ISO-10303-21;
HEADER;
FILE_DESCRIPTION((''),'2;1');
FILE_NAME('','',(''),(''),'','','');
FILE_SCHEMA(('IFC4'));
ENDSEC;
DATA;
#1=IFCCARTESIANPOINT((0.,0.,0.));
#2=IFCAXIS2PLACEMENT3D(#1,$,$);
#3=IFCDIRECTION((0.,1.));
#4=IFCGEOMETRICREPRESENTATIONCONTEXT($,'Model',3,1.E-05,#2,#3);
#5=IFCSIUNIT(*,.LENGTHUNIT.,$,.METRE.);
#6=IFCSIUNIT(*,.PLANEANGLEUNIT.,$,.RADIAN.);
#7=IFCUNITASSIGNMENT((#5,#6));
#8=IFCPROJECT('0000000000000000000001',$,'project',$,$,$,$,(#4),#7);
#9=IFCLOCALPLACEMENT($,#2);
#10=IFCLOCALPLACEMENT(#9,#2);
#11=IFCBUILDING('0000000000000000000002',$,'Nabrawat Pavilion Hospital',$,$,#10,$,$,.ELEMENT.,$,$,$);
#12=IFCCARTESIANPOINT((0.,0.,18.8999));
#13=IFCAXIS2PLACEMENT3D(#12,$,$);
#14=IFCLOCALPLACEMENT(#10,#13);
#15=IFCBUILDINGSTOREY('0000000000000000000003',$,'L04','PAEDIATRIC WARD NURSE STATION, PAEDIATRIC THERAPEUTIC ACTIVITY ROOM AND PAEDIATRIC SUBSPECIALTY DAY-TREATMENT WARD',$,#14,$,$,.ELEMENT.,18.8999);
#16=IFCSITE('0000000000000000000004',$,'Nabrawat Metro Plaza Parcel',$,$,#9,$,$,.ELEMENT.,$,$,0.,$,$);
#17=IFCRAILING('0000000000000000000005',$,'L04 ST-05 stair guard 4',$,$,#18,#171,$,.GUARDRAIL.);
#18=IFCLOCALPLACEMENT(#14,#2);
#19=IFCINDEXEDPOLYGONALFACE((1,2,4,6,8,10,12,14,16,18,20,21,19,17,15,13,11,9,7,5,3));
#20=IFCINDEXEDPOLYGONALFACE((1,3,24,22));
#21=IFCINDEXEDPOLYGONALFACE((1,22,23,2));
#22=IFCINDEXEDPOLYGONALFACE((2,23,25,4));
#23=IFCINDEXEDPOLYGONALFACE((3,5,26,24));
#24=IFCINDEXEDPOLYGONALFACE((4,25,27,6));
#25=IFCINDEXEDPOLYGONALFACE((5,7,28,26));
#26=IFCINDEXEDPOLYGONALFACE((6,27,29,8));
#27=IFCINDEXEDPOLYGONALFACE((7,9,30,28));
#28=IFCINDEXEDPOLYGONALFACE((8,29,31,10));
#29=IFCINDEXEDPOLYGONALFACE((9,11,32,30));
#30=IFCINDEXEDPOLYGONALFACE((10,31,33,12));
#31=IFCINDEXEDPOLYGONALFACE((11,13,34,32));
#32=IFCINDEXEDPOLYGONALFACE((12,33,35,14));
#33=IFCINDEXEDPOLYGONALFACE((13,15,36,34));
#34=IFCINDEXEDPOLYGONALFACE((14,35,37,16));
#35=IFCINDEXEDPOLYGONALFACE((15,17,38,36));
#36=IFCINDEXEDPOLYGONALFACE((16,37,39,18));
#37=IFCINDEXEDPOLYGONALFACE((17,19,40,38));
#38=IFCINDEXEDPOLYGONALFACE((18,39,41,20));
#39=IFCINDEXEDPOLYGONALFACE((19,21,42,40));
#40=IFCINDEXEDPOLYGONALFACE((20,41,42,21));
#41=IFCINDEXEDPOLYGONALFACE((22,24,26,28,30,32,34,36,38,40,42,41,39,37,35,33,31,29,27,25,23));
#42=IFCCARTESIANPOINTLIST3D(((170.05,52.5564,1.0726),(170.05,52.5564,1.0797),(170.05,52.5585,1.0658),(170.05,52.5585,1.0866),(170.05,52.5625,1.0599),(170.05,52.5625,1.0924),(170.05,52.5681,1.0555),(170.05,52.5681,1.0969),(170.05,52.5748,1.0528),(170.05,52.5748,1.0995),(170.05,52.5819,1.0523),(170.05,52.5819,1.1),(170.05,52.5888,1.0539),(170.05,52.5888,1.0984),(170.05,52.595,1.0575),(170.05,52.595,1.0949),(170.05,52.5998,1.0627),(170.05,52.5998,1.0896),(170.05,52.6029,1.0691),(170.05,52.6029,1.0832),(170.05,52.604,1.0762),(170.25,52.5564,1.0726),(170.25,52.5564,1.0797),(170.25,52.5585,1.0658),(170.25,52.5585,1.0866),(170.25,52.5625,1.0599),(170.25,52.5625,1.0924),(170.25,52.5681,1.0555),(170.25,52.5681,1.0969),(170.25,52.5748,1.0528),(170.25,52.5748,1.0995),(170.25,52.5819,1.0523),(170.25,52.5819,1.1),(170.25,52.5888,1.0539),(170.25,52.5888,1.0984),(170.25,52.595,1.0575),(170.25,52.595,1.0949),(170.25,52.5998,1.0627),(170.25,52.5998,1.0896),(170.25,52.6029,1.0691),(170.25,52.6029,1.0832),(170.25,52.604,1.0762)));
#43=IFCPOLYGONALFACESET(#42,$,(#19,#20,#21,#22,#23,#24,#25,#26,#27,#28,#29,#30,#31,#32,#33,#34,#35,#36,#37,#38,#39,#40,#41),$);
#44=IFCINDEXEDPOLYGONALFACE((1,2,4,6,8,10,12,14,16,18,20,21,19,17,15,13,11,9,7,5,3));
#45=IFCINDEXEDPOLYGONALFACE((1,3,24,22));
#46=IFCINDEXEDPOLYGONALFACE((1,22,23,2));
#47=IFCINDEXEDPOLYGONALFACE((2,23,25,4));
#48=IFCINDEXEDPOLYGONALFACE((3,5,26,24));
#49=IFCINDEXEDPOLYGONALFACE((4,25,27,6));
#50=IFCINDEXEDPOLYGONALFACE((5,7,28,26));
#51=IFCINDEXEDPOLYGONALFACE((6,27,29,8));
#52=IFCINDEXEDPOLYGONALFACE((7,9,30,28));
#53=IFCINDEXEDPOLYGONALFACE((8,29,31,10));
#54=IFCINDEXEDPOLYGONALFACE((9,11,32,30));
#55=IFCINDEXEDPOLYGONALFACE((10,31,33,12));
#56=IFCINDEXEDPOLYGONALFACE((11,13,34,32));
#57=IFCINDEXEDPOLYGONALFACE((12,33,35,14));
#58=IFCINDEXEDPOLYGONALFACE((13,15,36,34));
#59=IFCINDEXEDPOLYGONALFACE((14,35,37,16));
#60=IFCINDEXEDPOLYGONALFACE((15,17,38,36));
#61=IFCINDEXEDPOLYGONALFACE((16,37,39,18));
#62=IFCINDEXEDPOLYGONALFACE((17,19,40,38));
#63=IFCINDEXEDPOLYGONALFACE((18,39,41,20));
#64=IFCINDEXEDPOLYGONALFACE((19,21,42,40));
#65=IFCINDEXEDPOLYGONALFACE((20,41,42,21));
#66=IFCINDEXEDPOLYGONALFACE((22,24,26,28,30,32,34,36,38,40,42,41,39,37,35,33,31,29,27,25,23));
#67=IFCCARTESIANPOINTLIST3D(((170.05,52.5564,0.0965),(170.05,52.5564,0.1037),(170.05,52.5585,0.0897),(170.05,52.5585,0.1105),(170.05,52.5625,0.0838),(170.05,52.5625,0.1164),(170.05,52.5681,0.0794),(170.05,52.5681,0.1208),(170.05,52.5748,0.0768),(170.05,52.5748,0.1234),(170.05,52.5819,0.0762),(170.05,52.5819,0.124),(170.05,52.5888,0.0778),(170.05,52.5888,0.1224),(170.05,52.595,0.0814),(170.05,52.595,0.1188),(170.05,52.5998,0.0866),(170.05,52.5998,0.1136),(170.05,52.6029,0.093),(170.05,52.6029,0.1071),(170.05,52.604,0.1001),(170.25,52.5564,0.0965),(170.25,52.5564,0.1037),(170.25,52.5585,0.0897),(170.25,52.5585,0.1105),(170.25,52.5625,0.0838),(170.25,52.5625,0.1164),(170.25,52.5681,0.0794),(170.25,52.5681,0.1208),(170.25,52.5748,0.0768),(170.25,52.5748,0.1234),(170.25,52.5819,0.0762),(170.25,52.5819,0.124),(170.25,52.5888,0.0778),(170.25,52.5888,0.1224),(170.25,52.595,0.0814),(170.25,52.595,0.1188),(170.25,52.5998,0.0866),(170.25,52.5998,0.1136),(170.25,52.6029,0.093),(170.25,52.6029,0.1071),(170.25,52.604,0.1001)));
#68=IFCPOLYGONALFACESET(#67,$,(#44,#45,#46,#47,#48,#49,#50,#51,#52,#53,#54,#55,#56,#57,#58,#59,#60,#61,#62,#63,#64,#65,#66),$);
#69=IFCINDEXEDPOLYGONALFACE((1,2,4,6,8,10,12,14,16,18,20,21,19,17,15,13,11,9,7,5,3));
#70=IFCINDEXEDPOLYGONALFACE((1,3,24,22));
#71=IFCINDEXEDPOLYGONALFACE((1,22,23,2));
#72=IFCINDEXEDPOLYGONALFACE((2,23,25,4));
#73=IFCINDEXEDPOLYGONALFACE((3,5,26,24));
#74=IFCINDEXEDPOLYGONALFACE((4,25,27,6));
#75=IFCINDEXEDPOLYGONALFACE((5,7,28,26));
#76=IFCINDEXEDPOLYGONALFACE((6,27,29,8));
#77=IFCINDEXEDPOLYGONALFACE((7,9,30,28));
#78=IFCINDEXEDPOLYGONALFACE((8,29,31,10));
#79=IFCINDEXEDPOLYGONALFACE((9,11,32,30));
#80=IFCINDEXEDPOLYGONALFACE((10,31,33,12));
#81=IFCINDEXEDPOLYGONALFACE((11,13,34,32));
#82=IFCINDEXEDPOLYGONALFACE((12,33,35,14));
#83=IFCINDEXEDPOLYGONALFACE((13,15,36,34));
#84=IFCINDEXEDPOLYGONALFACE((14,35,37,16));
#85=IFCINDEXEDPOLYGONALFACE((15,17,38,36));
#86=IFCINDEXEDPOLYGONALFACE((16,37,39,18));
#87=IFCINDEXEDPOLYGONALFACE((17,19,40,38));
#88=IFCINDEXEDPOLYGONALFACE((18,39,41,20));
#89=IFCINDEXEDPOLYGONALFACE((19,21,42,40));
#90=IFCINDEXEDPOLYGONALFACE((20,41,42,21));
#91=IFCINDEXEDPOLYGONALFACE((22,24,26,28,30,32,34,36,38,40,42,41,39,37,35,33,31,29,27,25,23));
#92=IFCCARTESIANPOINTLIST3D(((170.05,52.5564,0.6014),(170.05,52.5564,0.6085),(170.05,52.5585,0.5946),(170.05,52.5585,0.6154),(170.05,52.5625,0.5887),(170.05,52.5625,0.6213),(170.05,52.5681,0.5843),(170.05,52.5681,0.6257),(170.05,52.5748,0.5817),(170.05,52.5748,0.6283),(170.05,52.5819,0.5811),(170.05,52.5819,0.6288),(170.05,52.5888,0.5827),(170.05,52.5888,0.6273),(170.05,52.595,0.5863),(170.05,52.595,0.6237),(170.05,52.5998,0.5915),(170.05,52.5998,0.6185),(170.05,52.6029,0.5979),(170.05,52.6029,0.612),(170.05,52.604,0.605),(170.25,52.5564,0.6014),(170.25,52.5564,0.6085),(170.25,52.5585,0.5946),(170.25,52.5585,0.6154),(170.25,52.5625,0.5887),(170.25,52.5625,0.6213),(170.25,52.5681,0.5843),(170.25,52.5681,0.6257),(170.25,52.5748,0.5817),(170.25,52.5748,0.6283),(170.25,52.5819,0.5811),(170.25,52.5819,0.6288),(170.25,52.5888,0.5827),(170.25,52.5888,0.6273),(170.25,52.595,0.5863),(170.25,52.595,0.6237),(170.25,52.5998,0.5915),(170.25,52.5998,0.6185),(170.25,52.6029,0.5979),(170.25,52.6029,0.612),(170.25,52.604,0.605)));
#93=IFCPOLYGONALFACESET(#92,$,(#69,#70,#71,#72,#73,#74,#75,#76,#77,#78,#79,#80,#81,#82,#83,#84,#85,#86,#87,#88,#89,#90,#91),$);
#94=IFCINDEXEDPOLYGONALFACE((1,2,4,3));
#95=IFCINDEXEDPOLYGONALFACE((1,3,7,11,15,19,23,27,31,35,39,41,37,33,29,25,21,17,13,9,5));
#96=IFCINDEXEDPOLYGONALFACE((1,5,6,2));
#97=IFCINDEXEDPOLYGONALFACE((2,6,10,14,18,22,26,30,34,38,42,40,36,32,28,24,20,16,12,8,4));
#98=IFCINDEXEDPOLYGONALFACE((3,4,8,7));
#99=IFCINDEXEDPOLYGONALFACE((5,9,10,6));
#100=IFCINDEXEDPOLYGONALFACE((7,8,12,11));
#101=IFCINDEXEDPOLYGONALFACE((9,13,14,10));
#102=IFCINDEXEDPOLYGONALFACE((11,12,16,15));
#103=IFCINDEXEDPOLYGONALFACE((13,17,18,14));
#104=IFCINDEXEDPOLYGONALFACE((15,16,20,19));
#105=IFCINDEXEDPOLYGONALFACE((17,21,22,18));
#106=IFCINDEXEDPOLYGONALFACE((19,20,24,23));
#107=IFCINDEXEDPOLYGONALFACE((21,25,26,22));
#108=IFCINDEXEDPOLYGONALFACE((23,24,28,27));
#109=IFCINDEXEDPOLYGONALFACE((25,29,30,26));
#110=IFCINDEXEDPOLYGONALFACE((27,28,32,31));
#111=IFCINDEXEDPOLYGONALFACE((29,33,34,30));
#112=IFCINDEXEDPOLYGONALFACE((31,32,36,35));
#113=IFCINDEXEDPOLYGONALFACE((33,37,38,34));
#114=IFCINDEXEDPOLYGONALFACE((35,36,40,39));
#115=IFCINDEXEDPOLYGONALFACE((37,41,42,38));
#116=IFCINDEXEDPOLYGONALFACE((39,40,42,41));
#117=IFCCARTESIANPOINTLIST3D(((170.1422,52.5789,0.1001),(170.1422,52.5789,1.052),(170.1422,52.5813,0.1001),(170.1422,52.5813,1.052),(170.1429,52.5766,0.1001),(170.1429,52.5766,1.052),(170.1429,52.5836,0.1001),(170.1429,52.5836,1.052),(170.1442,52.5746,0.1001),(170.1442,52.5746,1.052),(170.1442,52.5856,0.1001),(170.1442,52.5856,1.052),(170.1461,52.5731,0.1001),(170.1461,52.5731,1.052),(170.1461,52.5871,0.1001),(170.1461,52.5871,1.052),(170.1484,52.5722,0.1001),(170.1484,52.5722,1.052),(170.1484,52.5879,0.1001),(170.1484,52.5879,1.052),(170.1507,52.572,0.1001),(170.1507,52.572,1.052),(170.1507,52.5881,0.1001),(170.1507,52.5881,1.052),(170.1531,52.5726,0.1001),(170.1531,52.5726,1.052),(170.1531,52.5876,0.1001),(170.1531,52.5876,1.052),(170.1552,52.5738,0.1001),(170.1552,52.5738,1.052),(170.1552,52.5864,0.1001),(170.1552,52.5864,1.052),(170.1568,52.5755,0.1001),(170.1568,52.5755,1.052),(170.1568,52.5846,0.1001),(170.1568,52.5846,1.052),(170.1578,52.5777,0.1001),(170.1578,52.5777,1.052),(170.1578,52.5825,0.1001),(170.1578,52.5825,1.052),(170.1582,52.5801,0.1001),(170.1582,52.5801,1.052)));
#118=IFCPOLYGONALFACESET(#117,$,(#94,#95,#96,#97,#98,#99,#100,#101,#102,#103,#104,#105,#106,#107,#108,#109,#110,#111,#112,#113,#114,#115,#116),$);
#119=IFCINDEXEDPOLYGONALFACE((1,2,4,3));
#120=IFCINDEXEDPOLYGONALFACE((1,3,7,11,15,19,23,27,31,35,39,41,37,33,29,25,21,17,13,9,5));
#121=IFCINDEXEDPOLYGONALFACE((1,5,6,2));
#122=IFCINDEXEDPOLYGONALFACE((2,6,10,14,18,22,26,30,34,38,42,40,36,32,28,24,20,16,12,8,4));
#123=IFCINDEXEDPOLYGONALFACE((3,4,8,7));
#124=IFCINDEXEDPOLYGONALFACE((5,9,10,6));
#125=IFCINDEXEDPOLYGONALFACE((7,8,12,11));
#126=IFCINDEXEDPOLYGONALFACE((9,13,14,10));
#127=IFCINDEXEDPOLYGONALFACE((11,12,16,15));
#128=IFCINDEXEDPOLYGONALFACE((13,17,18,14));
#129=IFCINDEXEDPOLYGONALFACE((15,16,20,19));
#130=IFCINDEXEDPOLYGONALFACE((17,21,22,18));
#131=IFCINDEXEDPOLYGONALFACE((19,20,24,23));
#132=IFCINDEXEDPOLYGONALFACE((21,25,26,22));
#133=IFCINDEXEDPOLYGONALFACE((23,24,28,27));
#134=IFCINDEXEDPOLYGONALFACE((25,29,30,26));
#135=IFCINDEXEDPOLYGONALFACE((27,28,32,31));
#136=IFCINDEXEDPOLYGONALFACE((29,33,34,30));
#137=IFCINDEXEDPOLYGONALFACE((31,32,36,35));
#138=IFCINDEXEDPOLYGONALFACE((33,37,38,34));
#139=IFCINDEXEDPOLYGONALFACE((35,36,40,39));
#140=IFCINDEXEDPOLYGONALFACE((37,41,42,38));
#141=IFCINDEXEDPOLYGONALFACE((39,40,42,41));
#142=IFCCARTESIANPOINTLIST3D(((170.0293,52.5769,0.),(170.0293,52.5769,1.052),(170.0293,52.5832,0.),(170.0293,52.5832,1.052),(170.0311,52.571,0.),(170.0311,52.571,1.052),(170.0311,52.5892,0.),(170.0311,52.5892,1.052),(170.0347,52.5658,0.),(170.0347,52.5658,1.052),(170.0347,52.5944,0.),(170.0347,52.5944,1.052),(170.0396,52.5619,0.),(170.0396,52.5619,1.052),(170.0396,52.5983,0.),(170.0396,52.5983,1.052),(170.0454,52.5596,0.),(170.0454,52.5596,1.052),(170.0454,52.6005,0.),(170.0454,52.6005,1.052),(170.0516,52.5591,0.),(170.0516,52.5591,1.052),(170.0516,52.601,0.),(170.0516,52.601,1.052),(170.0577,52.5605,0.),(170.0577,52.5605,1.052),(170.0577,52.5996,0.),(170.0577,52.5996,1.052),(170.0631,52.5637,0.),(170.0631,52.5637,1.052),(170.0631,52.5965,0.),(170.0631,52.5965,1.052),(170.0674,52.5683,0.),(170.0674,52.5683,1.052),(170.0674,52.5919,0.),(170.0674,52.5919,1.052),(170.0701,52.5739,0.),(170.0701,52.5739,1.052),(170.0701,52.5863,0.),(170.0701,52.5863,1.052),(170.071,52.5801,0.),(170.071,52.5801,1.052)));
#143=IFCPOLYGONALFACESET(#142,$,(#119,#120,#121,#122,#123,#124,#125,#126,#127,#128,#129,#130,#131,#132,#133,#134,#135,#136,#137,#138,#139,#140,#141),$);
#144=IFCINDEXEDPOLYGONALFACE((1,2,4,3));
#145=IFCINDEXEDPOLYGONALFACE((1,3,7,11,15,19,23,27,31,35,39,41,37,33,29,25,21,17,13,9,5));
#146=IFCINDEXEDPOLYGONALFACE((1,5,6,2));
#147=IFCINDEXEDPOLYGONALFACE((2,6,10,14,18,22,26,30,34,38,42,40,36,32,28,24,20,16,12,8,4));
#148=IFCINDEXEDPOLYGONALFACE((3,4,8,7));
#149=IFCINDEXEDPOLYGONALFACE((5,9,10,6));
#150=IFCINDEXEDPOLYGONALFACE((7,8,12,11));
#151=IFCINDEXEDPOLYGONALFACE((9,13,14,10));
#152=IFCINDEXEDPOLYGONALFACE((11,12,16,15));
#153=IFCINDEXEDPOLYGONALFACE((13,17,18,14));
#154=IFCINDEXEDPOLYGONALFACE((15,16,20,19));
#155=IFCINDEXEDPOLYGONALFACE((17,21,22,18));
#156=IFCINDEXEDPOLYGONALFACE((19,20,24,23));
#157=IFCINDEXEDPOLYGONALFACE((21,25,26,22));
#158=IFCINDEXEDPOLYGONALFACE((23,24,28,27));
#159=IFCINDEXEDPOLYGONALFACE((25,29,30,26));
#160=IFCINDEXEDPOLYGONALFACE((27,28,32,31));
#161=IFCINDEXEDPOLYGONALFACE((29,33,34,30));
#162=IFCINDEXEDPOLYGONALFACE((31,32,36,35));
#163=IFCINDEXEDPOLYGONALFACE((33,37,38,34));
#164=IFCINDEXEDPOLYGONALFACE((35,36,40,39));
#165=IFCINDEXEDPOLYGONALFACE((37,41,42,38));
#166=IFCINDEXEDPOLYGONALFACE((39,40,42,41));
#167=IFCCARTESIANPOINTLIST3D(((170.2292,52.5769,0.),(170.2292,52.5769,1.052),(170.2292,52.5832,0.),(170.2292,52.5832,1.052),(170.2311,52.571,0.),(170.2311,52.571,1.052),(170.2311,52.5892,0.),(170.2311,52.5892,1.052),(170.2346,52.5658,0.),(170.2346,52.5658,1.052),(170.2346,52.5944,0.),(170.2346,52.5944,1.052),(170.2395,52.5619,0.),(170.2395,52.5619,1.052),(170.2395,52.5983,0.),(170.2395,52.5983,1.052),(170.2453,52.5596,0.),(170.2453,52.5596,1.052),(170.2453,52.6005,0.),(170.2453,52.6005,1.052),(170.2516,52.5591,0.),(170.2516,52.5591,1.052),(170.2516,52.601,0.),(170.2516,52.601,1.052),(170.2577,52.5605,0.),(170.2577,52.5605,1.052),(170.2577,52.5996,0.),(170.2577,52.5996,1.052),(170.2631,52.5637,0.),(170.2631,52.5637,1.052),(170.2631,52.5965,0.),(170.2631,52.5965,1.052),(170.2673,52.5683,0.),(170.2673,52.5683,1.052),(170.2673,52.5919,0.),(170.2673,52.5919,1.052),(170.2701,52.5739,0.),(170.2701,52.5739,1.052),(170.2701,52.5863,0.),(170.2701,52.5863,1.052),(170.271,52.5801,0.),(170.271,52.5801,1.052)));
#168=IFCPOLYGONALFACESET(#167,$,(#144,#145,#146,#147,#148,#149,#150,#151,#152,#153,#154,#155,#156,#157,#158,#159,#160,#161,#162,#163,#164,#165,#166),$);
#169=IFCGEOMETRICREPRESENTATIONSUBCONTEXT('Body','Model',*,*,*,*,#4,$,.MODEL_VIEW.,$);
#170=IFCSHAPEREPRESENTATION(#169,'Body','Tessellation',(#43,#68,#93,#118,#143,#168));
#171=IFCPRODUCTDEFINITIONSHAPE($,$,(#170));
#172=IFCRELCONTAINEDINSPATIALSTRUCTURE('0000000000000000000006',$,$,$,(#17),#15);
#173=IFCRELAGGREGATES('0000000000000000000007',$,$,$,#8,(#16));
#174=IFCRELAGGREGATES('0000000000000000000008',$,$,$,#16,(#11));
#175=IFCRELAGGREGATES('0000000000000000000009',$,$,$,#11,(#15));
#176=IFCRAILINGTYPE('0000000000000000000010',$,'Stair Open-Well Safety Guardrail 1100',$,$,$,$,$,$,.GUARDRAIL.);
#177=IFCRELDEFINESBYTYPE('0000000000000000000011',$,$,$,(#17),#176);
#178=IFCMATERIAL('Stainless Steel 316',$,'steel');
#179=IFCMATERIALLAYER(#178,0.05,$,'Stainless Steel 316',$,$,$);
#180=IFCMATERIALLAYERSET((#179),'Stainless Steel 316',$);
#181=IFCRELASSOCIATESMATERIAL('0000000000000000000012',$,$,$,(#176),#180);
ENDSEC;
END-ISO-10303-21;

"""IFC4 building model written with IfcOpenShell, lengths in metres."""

from ifc_helpers import new_model, si_unit, direction, frame, origin, origin_2d, place, context, subcontext, project, spatial, circle, extrude, material, layer, layer_set, type_object, element, save


model = new_model("IFC4")

# Units and contexts
model_context = context("Model", 3, precision=1e-05, world=origin(), true_north=direction((0.0, 1.0)))
body_context = subcontext(model_context, "Body", "Model", "MODEL_VIEW")
ifc_project = project(units=[si_unit("LENGTHUNIT", "METRE"), si_unit("PLANEANGLEUNIT", "RADIAN")], contexts=[model_context])

# Site, building, storey
site_placement = place(None, origin())
site = spatial("IfcSite", under=ifc_project, at=site_placement, Name="Nabrawat Metro Plaza Parcel", CompositionType="ELEMENT", RefElevation=0.0)
building_placement = place(site_placement, origin())
building = spatial("IfcBuilding", under=site, at=building_placement, Name="Nabrawat Pavilion Hospital", CompositionType="ELEMENT")
storey_placement = place(building_placement, frame((0.0, 0.0, 18.8999)))
storey = spatial("IfcBuildingStorey", under=building, at=storey_placement, Name="L04", Description="PAEDIATRIC WARD NURSE STATION, PAEDIATRIC THERAPEUTIC ACTIVITY ROOM AND PAEDIATRIC SUBSPECIALTY DAY-TREATMENT WARD", CompositionType="ELEMENT", Elevation=18.8999)

# Railing
ifc_material_1 = material(Name="Stainless Steel 316", Category="steel")
ifc_layer_1 = layer(ifc_material_1, 0.05, Name="Stainless Steel 316")
ifc_layer_set_1 = layer_set([ifc_layer_1], Name="Stainless Steel 316")
railing_type_1 = type_object("IfcRailingType", Name="Stair Open-Well Safety Guardrail 1100", PredefinedType="GUARDRAIL", material=ifc_layer_set_1)
railing_1_placement = place(storey_placement, frame((170.05, 52.5801, 0.0)))
element("IfcRailing", 1, at=railing_1_placement, inside=storey, type_object=railing_type_1, Name="L04 ST-05 stair guard 4", PredefinedType="GUARDRAIL", context=body_context, shape_type="SweptSolid", body=[
    extrude(circle(Radius=0.0239, at=origin_2d()), frame((0.0, 0.0, 1.0762), z_axis=(1.0, 0.0, 0.0), x_axis=(0.0, 1.0, 0.0)), (0.0, 0.0, 1.0), 0.2),
    extrude(circle(Radius=0.0239, at=origin_2d()), frame((0.0, 0.0, 0.1001), z_axis=(1.0, 0.0, 0.0), x_axis=(0.0, 1.0, 0.0)), (0.0, 0.0, 1.0), 0.2),
    extrude(circle(Radius=0.0239, at=origin_2d()), frame((0.0, 0.0, 0.605), z_axis=(1.0, 0.0, 0.0), x_axis=(0.0, 1.0, 0.0)), (0.0, 0.0, 1.0), 0.2),
    extrude(circle(Radius=0.0081, at=origin_2d()), frame((0.1001, 0.0, 0.1001)), (0.0, 0.0, 1.0), 0.9519),
    extrude(circle(Radius=0.021, at=origin_2d()), origin(), (0.0, 0.0, 1.0), 1.052),
    extrude(circle(Radius=0.021, at=origin_2d()), frame((0.2, 0.0, 0.0)), (0.0, 0.0, 1.0), 1.052),
])

save(model, "model.ifc")
